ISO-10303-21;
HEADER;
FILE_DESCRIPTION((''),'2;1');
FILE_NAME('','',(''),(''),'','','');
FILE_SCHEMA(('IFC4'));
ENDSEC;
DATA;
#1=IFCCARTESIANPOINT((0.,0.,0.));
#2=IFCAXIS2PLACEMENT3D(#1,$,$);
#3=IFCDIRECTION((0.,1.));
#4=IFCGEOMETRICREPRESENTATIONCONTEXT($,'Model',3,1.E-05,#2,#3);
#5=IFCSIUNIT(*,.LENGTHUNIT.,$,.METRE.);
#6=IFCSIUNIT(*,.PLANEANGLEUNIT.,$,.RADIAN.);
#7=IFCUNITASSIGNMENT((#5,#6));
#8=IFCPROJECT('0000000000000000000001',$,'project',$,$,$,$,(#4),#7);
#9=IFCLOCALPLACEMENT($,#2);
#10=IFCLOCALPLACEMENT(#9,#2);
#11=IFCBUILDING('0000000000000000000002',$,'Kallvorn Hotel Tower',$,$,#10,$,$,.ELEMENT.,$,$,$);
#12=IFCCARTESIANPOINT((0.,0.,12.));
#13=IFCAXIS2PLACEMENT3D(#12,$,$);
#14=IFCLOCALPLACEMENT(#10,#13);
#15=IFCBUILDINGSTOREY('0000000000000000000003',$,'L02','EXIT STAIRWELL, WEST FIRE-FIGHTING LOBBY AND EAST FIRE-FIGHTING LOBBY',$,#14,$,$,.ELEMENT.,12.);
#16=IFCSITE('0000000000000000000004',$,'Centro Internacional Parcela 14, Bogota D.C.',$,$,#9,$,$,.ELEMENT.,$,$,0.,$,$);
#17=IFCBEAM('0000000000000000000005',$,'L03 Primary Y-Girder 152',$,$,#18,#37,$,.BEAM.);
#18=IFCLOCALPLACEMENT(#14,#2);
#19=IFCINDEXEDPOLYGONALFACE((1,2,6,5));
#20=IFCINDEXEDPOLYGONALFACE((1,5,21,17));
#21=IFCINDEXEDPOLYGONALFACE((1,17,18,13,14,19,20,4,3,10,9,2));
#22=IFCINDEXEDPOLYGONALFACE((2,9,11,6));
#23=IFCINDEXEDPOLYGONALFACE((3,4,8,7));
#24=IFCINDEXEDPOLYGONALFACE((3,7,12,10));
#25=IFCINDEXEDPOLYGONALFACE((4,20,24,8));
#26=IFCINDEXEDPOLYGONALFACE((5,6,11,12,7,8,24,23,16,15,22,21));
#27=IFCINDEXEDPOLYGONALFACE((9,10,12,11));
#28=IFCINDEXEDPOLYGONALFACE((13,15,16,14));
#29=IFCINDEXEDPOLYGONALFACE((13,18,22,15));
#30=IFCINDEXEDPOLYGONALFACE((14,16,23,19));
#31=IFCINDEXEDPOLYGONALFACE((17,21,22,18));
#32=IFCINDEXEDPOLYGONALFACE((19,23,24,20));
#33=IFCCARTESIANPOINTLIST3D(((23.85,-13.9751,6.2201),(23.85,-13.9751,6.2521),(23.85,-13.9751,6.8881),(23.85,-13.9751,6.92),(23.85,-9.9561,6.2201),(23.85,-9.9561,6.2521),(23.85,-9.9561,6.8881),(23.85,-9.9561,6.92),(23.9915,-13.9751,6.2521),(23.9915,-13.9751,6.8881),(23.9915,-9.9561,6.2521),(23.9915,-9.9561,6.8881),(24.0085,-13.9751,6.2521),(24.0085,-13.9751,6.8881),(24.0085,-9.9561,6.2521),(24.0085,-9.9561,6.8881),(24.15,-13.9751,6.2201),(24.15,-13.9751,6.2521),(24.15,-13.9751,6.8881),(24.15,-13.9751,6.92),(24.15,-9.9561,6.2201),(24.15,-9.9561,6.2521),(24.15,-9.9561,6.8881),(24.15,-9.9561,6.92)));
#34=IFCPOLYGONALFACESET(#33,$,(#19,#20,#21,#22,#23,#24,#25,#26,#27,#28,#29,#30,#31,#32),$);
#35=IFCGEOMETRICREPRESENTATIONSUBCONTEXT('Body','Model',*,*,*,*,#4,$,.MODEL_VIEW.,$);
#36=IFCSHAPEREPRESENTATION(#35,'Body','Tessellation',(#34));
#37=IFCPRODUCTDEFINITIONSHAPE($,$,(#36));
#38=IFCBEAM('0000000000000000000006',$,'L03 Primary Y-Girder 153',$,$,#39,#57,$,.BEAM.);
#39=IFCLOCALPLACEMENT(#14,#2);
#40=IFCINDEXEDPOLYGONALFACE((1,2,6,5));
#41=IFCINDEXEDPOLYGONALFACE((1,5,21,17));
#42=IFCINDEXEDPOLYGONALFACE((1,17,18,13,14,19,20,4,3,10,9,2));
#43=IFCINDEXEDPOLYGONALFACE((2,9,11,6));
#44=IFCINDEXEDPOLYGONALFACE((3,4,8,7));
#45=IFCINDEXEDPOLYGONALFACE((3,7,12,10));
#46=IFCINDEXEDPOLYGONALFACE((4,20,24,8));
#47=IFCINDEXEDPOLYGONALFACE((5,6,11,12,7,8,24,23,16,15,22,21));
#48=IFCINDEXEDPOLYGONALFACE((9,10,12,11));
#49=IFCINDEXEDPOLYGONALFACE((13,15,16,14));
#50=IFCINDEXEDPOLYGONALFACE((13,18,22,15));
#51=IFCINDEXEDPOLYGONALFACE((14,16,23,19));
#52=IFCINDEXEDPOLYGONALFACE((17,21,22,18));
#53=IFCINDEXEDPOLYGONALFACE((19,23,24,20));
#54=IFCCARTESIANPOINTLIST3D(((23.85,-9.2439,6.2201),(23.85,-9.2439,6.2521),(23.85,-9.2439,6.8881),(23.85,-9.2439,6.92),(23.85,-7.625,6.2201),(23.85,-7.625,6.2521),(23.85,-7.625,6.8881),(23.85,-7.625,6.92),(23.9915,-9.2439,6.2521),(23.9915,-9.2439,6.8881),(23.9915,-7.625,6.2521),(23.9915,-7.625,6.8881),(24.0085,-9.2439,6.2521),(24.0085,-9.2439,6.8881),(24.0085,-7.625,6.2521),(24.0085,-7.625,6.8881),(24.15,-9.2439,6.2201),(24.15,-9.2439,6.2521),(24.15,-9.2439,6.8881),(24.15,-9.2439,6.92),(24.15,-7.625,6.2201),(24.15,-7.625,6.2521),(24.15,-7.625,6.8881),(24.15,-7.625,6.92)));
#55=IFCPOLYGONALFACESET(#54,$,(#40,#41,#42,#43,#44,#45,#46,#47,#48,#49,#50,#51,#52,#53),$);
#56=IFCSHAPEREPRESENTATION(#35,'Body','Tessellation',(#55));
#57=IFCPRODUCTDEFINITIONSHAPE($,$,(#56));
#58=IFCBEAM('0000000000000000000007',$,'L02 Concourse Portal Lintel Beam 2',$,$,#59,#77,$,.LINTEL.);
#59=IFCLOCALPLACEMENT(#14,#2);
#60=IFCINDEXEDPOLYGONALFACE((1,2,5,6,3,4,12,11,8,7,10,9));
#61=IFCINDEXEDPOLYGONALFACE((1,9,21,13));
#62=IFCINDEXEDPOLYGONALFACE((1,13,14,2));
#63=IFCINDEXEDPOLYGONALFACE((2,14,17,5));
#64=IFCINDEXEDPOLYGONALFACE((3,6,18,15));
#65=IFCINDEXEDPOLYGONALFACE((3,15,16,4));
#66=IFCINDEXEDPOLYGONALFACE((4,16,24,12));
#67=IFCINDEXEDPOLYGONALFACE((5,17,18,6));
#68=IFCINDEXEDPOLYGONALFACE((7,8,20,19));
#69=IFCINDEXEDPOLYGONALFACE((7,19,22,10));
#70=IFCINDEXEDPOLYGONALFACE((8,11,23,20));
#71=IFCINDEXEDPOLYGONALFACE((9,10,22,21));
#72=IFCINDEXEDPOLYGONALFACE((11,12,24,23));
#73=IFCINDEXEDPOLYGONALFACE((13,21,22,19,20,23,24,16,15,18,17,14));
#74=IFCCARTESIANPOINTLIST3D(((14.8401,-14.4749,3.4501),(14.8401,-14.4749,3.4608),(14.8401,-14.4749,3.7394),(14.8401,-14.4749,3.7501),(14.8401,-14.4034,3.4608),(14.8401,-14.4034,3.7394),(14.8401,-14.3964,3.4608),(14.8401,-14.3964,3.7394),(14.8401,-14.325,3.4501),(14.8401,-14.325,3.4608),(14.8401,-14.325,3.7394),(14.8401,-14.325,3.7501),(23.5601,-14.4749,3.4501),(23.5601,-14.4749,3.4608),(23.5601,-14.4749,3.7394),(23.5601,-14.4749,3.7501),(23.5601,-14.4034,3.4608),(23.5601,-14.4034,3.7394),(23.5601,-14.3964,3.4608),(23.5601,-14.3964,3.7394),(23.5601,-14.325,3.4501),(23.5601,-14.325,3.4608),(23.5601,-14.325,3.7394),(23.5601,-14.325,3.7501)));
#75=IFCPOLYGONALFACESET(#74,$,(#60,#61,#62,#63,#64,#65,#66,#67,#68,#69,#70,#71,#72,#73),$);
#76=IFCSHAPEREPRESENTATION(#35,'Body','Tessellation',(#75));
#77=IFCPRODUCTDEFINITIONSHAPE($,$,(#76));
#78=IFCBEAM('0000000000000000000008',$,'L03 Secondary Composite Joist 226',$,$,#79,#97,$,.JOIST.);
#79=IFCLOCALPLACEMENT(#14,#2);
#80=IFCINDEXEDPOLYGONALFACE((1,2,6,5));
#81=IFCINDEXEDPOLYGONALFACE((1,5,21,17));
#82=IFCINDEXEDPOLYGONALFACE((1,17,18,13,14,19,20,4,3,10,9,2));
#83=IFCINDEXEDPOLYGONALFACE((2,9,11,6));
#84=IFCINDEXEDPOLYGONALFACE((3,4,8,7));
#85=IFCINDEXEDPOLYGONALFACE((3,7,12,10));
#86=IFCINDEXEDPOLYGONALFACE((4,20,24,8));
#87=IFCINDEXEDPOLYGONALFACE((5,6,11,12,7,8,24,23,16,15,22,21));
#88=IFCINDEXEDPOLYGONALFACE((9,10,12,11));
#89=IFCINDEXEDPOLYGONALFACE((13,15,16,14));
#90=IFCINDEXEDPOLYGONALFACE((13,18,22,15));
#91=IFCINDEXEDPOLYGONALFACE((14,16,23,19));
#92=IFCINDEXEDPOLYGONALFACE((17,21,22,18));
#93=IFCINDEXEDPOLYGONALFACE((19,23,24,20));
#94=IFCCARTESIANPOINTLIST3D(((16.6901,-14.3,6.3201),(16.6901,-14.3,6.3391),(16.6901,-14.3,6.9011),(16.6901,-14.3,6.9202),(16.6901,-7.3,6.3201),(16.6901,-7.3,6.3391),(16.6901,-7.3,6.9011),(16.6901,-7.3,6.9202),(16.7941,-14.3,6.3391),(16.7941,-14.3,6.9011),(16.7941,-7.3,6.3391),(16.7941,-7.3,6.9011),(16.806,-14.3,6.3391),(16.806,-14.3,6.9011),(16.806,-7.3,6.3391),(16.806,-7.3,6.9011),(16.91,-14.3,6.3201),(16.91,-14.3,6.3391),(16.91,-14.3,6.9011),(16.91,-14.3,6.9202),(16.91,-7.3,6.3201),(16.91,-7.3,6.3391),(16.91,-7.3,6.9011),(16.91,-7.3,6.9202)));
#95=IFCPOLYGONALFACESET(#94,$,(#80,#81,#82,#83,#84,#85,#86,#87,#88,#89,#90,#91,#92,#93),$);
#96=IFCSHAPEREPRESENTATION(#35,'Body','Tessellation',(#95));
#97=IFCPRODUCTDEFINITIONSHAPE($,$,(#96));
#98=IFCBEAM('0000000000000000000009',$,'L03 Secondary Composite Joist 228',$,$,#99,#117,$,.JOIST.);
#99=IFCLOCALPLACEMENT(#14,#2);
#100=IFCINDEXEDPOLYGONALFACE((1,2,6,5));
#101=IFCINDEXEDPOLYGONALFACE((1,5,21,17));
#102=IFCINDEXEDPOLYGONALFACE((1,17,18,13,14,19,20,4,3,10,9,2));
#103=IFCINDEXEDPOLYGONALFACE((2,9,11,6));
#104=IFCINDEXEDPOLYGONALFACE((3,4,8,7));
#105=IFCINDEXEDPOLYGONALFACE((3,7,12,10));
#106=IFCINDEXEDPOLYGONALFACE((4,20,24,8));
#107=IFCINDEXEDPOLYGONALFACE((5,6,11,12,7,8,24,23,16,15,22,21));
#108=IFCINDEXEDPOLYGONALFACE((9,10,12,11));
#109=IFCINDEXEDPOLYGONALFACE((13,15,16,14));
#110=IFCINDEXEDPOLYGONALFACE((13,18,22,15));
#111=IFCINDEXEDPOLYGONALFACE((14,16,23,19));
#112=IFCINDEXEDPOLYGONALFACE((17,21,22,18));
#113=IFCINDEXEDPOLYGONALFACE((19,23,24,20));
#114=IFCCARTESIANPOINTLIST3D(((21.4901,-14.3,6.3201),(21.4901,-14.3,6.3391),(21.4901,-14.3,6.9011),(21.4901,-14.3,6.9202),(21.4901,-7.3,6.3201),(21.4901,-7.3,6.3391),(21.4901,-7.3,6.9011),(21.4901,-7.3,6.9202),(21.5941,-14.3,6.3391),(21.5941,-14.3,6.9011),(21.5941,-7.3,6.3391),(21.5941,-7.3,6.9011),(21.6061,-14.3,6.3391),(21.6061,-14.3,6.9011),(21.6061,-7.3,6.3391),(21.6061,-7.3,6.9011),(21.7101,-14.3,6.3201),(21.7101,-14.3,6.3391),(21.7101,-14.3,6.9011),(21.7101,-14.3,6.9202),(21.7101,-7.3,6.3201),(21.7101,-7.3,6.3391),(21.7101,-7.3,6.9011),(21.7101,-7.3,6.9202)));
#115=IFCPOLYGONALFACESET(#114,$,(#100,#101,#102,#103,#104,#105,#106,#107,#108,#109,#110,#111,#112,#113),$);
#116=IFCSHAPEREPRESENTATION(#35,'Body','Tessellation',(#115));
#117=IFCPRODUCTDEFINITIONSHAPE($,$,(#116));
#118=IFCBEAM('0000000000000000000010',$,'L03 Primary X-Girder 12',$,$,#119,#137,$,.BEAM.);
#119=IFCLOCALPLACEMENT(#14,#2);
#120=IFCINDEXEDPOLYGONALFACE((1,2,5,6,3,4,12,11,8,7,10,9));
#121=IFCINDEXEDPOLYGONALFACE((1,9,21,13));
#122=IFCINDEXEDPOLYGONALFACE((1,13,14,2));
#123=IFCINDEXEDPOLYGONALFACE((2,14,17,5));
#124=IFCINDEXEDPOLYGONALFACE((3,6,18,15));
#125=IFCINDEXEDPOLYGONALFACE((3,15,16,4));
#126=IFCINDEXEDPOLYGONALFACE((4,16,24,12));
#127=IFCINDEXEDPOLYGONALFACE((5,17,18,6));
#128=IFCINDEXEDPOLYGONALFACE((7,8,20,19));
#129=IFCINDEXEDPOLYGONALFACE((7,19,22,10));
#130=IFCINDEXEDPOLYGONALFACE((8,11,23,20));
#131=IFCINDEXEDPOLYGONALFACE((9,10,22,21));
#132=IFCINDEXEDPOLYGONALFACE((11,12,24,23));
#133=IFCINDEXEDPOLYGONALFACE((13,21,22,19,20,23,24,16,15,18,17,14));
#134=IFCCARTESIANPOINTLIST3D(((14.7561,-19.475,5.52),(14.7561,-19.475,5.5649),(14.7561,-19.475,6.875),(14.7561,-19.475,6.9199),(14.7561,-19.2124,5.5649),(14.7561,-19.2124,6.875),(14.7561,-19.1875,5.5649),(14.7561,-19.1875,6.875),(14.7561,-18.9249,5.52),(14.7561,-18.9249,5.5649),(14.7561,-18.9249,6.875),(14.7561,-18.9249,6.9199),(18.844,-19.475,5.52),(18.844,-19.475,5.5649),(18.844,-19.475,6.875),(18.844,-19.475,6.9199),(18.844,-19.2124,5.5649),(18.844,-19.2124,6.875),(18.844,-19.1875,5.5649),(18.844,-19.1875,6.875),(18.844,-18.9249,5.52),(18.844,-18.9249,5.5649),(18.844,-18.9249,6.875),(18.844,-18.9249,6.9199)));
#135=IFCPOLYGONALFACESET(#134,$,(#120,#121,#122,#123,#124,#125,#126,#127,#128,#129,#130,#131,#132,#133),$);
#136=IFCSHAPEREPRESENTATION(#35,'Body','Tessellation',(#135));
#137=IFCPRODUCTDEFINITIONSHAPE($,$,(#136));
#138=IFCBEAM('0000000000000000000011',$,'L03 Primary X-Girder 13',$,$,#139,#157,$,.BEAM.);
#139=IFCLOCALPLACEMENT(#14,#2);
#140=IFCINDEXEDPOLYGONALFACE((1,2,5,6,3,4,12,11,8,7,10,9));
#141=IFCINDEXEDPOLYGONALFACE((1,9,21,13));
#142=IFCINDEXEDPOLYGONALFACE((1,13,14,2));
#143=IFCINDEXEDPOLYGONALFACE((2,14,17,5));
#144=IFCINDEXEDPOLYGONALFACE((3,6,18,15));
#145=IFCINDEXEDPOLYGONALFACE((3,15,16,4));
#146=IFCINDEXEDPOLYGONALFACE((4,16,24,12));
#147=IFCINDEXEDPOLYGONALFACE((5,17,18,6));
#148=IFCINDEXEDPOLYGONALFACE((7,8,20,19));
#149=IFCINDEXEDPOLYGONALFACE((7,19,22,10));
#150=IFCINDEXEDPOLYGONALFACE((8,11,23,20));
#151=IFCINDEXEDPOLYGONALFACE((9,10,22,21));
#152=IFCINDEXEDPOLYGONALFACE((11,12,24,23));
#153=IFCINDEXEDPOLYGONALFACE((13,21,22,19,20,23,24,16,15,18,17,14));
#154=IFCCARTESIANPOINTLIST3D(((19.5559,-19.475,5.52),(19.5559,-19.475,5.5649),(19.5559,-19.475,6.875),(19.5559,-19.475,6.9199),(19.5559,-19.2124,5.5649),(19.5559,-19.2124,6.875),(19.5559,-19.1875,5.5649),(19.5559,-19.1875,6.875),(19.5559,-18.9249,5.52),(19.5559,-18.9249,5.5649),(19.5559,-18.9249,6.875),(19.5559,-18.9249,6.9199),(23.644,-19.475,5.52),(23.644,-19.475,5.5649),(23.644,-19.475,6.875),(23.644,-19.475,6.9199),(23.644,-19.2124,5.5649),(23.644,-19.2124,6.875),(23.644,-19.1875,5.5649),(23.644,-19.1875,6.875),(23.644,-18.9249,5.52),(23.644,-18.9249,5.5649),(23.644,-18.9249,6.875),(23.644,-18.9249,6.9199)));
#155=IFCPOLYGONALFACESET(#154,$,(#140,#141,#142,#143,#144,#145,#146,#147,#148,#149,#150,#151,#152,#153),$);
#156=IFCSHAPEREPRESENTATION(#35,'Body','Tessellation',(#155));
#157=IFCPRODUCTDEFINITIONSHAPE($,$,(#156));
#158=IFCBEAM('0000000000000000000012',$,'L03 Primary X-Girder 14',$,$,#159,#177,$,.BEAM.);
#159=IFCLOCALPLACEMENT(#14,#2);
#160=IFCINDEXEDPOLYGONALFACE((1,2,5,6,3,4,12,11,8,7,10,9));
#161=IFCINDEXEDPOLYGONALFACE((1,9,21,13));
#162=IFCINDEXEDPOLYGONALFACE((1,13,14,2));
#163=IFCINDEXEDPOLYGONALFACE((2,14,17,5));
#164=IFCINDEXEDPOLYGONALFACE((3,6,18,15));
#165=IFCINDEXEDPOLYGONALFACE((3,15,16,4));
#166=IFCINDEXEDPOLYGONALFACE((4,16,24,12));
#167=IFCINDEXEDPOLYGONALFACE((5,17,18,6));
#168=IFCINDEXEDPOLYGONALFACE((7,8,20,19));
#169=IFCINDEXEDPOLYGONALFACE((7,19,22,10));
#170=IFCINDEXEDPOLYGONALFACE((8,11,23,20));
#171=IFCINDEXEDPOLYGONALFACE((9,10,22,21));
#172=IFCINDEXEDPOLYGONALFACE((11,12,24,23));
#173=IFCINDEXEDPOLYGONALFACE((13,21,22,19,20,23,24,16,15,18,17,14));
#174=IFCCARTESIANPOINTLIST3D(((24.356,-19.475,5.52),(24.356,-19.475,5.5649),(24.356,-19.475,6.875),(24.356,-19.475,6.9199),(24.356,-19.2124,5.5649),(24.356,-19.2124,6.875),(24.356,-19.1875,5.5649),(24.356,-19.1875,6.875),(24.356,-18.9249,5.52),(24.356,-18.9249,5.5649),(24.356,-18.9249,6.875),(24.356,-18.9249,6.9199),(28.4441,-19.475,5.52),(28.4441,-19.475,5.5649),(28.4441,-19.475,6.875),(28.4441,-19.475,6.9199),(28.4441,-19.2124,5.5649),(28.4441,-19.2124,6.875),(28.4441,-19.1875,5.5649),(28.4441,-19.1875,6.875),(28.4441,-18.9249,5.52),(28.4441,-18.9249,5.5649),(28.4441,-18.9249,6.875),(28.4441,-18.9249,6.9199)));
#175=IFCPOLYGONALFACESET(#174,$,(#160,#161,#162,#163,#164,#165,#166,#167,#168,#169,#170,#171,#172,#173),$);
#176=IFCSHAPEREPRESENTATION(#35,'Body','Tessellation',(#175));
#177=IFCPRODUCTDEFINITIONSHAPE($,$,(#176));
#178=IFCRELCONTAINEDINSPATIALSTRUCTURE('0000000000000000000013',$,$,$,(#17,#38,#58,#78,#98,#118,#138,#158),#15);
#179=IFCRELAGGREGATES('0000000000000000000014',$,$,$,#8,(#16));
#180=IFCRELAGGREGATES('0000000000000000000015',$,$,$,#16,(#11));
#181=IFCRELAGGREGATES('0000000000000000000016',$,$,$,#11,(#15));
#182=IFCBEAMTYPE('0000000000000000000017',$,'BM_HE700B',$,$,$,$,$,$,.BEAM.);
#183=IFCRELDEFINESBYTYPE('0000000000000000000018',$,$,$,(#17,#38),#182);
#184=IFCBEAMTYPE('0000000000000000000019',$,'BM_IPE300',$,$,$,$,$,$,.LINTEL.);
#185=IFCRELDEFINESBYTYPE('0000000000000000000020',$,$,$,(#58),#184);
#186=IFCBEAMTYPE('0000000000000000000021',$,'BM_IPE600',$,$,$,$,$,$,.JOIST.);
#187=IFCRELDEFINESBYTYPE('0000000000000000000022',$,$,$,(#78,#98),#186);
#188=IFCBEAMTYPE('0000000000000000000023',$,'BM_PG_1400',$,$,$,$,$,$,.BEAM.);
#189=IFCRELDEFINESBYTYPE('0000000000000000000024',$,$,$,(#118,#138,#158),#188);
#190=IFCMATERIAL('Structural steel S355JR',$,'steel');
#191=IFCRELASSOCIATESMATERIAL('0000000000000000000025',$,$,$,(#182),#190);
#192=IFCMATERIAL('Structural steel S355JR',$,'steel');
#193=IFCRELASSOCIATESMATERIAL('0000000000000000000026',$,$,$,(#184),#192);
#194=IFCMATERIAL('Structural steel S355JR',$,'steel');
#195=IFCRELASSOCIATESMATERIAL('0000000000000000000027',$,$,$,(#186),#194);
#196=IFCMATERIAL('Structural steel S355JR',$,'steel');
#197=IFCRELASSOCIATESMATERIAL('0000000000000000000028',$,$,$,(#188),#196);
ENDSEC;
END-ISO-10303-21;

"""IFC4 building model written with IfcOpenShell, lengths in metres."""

from ifc_helpers import new_model, si_unit, direction, frame, origin, origin_2d, place, context, subcontext, project, spatial, i_section, extrude, material, material_profile, profile_set, type_object, element, save


model = new_model("IFC4")

# Units and contexts
model_context = context("Model", 3, precision=1e-05, world=origin(), true_north=direction((0.0, 1.0)))
body_context = subcontext(model_context, "Body", "Model", "MODEL_VIEW")
ifc_project = project(units=[si_unit("LENGTHUNIT", "METRE"), si_unit("PLANEANGLEUNIT", "RADIAN")], contexts=[model_context])

# Site, building, storey
site_placement = place(None, origin())
site = spatial("IfcSite", under=ifc_project, at=site_placement, Name="Centro Internacional Parcela 14, Bogota D.C.", CompositionType="ELEMENT", RefElevation=0.0)
building_placement = place(site_placement, origin())
building = spatial("IfcBuilding", under=site, at=building_placement, Name="Kallvorn Hotel Tower", CompositionType="ELEMENT")
storey_placement = place(building_placement, frame((0.0, 0.0, 12.0)))
storey = spatial("IfcBuildingStorey", under=building, at=storey_placement, Name="L02", Description="EXIT STAIRWELL, WEST FIRE-FIGHTING LOBBY AND EAST FIRE-FIGHTING LOBBY", CompositionType="ELEMENT", Elevation=12.0)

# Beams
ifc_material_1 = material(Name="Structural steel S355JR", Category="steel")
ifc_material_profile_1 = material_profile(ifc_material_1, i_section(OverallWidth=0.3, OverallDepth=0.7, WebThickness=0.0171, FlangeThickness=0.032, at=origin_2d()), Name="HE 700 B")
ifc_profile_set_1 = profile_set([ifc_material_profile_1], Name="Structural steel S355JR")
beam_type_1 = type_object("IfcBeamType", Name="BM_HE700B", PredefinedType="BEAM", material=ifc_profile_set_1)
for number, where, z_axis, x_axis, name in (
    (1, (24.0, -13.9751, 6.5701), (0.0, 1.0, 0.0), (-1.0, 0.0, 0.0), "L03 Primary Y-Girder 152"),
):
    element("IfcBeam", number, at=place(storey_placement, frame(where, z_axis=z_axis, x_axis=x_axis)), inside=storey, type_object=beam_type_1, Name=name, PredefinedType="BEAM", context=body_context, shape_type="SweptSolid", body=[
        extrude(i_section(OverallWidth=0.3, OverallDepth=0.7, WebThickness=0.0171, FlangeThickness=0.032, at=origin_2d()), origin(), (0.0, 0.0, 1.0), 4.019),
    ])
beam_1_placement = place(storey_placement, frame((24.0, -9.2439, 6.5701), z_axis=(0.0, 1.0, 0.0), x_axis=(-1.0, 0.0, 0.0)))
element("IfcBeam", 2, at=beam_1_placement, inside=storey, type_object=beam_type_1, Name="L03 Primary Y-Girder 153", PredefinedType="BEAM", context=body_context, shape_type="SweptSolid", body=[
    extrude(i_section(OverallWidth=0.3, OverallDepth=0.7, WebThickness=0.0171, FlangeThickness=0.032, at=origin_2d()), origin(), (0.0, 0.0, 1.0), 1.6189),
])
ifc_material_2 = material(Name="Structural steel S355JR", Category="steel")
ifc_material_profile_2 = material_profile(ifc_material_2, i_section(OverallWidth=0.1499, OverallDepth=0.3, WebThickness=0.0071, FlangeThickness=0.0107, at=origin_2d()), Name="IPE 300")
ifc_profile_set_2 = profile_set([ifc_material_profile_2], Name="Structural steel S355JR")
beam_type_2 = type_object("IfcBeamType", Name="BM_IPE300", PredefinedType="LINTEL", material=ifc_profile_set_2)
beam_2_placement = place(storey_placement, frame((14.8401, -14.3999, 3.6001), z_axis=(1.0, 0.0, 0.0), x_axis=(0.0, 1.0, 0.0)))
element("IfcBeam", 3, at=beam_2_placement, inside=storey, type_object=beam_type_2, Name="L02 Concourse Portal Lintel Beam 2", PredefinedType="LINTEL", context=body_context, shape_type="SweptSolid", body=[
    extrude(i_section(OverallWidth=0.1499, OverallDepth=0.3, WebThickness=0.0071, FlangeThickness=0.0107, at=origin_2d()), origin(), (0.0, 0.0, 1.0), 8.72),
])
ifc_material_3 = material(Name="Structural steel S355JR", Category="steel")
ifc_material_profile_3 = material_profile(ifc_material_3, i_section(OverallWidth=0.22, OverallDepth=0.6001, WebThickness=0.012, FlangeThickness=0.019, at=origin_2d()), Name="IPE 600")
ifc_profile_set_3 = profile_set([ifc_material_profile_3], Name="Structural steel S355JR")
beam_type_3 = type_object("IfcBeamType", Name="BM_IPE600", PredefinedType="JOIST", material=ifc_profile_set_3)
for number, where, z_axis, x_axis, name in (
    (4, (16.8, -14.3, 6.6201), (0.0, 1.0, 0.0), (-1.0, 0.0, 0.0), "L03 Secondary Composite Joist 226"),
    (5, (21.6001, -14.3, 6.6201), (0.0, 1.0, 0.0), (-1.0, 0.0, 0.0), "L03 Secondary Composite Joist 228"),
):
    element("IfcBeam", number, at=place(storey_placement, frame(where, z_axis=z_axis, x_axis=x_axis)), inside=storey, type_object=beam_type_3, Name=name, PredefinedType="JOIST", context=body_context, shape_type="SweptSolid", body=[
        extrude(i_section(OverallWidth=0.22, OverallDepth=0.6001, WebThickness=0.012, FlangeThickness=0.019, at=origin_2d()), origin(), (0.0, 0.0, 1.0), 7.0),
    ])
ifc_material_4 = material(Name="Structural steel S355JR", Category="steel")
ifc_material_profile_4 = material_profile(ifc_material_4, i_section(OverallWidth=0.55, OverallDepth=1.3999, WebThickness=0.0249, FlangeThickness=0.0449, at=origin_2d()), Name="PG 1400x550x25x45")
ifc_profile_set_4 = profile_set([ifc_material_profile_4], Name="Structural steel S355JR")
beam_type_4 = type_object("IfcBeamType", Name="BM_PG_1400", PredefinedType="BEAM", material=ifc_profile_set_4)
beam_3_placement = place(storey_placement, frame((14.7561, -19.2, 6.22), z_axis=(1.0, 0.0, 0.0), x_axis=(0.0, 1.0, 0.0)))
element("IfcBeam", 6, at=beam_3_placement, inside=storey, type_object=beam_type_4, Name="L03 Primary X-Girder 12", PredefinedType="BEAM", context=body_context, shape_type="SweptSolid", body=[
    extrude(i_section(OverallWidth=0.55, OverallDepth=1.3999, WebThickness=0.0249, FlangeThickness=0.0449, at=origin_2d()), origin(), (0.0, 0.0, 1.0), 4.0879),
])
for number, where, z_axis, x_axis, name in (
    (7, (19.5559, -19.2, 6.22), (1.0, 0.0, 0.0), (0.0, 1.0, 0.0), "L03 Primary X-Girder 13"),
    (8, (24.356, -19.2, 6.22), (1.0, 0.0, 0.0), (0.0, 1.0, 0.0), "L03 Primary X-Girder 14"),
):
    element("IfcBeam", number, at=place(storey_placement, frame(where, z_axis=z_axis, x_axis=x_axis)), inside=storey, type_object=beam_type_4, Name=name, PredefinedType="BEAM", context=body_context, shape_type="SweptSolid", body=[
        extrude(i_section(OverallWidth=0.55, OverallDepth=1.3999, WebThickness=0.0249, FlangeThickness=0.0449, at=origin_2d()), origin(), (0.0, 0.0, 1.0), 4.0881),
    ])

save(model, "model.ifc")
